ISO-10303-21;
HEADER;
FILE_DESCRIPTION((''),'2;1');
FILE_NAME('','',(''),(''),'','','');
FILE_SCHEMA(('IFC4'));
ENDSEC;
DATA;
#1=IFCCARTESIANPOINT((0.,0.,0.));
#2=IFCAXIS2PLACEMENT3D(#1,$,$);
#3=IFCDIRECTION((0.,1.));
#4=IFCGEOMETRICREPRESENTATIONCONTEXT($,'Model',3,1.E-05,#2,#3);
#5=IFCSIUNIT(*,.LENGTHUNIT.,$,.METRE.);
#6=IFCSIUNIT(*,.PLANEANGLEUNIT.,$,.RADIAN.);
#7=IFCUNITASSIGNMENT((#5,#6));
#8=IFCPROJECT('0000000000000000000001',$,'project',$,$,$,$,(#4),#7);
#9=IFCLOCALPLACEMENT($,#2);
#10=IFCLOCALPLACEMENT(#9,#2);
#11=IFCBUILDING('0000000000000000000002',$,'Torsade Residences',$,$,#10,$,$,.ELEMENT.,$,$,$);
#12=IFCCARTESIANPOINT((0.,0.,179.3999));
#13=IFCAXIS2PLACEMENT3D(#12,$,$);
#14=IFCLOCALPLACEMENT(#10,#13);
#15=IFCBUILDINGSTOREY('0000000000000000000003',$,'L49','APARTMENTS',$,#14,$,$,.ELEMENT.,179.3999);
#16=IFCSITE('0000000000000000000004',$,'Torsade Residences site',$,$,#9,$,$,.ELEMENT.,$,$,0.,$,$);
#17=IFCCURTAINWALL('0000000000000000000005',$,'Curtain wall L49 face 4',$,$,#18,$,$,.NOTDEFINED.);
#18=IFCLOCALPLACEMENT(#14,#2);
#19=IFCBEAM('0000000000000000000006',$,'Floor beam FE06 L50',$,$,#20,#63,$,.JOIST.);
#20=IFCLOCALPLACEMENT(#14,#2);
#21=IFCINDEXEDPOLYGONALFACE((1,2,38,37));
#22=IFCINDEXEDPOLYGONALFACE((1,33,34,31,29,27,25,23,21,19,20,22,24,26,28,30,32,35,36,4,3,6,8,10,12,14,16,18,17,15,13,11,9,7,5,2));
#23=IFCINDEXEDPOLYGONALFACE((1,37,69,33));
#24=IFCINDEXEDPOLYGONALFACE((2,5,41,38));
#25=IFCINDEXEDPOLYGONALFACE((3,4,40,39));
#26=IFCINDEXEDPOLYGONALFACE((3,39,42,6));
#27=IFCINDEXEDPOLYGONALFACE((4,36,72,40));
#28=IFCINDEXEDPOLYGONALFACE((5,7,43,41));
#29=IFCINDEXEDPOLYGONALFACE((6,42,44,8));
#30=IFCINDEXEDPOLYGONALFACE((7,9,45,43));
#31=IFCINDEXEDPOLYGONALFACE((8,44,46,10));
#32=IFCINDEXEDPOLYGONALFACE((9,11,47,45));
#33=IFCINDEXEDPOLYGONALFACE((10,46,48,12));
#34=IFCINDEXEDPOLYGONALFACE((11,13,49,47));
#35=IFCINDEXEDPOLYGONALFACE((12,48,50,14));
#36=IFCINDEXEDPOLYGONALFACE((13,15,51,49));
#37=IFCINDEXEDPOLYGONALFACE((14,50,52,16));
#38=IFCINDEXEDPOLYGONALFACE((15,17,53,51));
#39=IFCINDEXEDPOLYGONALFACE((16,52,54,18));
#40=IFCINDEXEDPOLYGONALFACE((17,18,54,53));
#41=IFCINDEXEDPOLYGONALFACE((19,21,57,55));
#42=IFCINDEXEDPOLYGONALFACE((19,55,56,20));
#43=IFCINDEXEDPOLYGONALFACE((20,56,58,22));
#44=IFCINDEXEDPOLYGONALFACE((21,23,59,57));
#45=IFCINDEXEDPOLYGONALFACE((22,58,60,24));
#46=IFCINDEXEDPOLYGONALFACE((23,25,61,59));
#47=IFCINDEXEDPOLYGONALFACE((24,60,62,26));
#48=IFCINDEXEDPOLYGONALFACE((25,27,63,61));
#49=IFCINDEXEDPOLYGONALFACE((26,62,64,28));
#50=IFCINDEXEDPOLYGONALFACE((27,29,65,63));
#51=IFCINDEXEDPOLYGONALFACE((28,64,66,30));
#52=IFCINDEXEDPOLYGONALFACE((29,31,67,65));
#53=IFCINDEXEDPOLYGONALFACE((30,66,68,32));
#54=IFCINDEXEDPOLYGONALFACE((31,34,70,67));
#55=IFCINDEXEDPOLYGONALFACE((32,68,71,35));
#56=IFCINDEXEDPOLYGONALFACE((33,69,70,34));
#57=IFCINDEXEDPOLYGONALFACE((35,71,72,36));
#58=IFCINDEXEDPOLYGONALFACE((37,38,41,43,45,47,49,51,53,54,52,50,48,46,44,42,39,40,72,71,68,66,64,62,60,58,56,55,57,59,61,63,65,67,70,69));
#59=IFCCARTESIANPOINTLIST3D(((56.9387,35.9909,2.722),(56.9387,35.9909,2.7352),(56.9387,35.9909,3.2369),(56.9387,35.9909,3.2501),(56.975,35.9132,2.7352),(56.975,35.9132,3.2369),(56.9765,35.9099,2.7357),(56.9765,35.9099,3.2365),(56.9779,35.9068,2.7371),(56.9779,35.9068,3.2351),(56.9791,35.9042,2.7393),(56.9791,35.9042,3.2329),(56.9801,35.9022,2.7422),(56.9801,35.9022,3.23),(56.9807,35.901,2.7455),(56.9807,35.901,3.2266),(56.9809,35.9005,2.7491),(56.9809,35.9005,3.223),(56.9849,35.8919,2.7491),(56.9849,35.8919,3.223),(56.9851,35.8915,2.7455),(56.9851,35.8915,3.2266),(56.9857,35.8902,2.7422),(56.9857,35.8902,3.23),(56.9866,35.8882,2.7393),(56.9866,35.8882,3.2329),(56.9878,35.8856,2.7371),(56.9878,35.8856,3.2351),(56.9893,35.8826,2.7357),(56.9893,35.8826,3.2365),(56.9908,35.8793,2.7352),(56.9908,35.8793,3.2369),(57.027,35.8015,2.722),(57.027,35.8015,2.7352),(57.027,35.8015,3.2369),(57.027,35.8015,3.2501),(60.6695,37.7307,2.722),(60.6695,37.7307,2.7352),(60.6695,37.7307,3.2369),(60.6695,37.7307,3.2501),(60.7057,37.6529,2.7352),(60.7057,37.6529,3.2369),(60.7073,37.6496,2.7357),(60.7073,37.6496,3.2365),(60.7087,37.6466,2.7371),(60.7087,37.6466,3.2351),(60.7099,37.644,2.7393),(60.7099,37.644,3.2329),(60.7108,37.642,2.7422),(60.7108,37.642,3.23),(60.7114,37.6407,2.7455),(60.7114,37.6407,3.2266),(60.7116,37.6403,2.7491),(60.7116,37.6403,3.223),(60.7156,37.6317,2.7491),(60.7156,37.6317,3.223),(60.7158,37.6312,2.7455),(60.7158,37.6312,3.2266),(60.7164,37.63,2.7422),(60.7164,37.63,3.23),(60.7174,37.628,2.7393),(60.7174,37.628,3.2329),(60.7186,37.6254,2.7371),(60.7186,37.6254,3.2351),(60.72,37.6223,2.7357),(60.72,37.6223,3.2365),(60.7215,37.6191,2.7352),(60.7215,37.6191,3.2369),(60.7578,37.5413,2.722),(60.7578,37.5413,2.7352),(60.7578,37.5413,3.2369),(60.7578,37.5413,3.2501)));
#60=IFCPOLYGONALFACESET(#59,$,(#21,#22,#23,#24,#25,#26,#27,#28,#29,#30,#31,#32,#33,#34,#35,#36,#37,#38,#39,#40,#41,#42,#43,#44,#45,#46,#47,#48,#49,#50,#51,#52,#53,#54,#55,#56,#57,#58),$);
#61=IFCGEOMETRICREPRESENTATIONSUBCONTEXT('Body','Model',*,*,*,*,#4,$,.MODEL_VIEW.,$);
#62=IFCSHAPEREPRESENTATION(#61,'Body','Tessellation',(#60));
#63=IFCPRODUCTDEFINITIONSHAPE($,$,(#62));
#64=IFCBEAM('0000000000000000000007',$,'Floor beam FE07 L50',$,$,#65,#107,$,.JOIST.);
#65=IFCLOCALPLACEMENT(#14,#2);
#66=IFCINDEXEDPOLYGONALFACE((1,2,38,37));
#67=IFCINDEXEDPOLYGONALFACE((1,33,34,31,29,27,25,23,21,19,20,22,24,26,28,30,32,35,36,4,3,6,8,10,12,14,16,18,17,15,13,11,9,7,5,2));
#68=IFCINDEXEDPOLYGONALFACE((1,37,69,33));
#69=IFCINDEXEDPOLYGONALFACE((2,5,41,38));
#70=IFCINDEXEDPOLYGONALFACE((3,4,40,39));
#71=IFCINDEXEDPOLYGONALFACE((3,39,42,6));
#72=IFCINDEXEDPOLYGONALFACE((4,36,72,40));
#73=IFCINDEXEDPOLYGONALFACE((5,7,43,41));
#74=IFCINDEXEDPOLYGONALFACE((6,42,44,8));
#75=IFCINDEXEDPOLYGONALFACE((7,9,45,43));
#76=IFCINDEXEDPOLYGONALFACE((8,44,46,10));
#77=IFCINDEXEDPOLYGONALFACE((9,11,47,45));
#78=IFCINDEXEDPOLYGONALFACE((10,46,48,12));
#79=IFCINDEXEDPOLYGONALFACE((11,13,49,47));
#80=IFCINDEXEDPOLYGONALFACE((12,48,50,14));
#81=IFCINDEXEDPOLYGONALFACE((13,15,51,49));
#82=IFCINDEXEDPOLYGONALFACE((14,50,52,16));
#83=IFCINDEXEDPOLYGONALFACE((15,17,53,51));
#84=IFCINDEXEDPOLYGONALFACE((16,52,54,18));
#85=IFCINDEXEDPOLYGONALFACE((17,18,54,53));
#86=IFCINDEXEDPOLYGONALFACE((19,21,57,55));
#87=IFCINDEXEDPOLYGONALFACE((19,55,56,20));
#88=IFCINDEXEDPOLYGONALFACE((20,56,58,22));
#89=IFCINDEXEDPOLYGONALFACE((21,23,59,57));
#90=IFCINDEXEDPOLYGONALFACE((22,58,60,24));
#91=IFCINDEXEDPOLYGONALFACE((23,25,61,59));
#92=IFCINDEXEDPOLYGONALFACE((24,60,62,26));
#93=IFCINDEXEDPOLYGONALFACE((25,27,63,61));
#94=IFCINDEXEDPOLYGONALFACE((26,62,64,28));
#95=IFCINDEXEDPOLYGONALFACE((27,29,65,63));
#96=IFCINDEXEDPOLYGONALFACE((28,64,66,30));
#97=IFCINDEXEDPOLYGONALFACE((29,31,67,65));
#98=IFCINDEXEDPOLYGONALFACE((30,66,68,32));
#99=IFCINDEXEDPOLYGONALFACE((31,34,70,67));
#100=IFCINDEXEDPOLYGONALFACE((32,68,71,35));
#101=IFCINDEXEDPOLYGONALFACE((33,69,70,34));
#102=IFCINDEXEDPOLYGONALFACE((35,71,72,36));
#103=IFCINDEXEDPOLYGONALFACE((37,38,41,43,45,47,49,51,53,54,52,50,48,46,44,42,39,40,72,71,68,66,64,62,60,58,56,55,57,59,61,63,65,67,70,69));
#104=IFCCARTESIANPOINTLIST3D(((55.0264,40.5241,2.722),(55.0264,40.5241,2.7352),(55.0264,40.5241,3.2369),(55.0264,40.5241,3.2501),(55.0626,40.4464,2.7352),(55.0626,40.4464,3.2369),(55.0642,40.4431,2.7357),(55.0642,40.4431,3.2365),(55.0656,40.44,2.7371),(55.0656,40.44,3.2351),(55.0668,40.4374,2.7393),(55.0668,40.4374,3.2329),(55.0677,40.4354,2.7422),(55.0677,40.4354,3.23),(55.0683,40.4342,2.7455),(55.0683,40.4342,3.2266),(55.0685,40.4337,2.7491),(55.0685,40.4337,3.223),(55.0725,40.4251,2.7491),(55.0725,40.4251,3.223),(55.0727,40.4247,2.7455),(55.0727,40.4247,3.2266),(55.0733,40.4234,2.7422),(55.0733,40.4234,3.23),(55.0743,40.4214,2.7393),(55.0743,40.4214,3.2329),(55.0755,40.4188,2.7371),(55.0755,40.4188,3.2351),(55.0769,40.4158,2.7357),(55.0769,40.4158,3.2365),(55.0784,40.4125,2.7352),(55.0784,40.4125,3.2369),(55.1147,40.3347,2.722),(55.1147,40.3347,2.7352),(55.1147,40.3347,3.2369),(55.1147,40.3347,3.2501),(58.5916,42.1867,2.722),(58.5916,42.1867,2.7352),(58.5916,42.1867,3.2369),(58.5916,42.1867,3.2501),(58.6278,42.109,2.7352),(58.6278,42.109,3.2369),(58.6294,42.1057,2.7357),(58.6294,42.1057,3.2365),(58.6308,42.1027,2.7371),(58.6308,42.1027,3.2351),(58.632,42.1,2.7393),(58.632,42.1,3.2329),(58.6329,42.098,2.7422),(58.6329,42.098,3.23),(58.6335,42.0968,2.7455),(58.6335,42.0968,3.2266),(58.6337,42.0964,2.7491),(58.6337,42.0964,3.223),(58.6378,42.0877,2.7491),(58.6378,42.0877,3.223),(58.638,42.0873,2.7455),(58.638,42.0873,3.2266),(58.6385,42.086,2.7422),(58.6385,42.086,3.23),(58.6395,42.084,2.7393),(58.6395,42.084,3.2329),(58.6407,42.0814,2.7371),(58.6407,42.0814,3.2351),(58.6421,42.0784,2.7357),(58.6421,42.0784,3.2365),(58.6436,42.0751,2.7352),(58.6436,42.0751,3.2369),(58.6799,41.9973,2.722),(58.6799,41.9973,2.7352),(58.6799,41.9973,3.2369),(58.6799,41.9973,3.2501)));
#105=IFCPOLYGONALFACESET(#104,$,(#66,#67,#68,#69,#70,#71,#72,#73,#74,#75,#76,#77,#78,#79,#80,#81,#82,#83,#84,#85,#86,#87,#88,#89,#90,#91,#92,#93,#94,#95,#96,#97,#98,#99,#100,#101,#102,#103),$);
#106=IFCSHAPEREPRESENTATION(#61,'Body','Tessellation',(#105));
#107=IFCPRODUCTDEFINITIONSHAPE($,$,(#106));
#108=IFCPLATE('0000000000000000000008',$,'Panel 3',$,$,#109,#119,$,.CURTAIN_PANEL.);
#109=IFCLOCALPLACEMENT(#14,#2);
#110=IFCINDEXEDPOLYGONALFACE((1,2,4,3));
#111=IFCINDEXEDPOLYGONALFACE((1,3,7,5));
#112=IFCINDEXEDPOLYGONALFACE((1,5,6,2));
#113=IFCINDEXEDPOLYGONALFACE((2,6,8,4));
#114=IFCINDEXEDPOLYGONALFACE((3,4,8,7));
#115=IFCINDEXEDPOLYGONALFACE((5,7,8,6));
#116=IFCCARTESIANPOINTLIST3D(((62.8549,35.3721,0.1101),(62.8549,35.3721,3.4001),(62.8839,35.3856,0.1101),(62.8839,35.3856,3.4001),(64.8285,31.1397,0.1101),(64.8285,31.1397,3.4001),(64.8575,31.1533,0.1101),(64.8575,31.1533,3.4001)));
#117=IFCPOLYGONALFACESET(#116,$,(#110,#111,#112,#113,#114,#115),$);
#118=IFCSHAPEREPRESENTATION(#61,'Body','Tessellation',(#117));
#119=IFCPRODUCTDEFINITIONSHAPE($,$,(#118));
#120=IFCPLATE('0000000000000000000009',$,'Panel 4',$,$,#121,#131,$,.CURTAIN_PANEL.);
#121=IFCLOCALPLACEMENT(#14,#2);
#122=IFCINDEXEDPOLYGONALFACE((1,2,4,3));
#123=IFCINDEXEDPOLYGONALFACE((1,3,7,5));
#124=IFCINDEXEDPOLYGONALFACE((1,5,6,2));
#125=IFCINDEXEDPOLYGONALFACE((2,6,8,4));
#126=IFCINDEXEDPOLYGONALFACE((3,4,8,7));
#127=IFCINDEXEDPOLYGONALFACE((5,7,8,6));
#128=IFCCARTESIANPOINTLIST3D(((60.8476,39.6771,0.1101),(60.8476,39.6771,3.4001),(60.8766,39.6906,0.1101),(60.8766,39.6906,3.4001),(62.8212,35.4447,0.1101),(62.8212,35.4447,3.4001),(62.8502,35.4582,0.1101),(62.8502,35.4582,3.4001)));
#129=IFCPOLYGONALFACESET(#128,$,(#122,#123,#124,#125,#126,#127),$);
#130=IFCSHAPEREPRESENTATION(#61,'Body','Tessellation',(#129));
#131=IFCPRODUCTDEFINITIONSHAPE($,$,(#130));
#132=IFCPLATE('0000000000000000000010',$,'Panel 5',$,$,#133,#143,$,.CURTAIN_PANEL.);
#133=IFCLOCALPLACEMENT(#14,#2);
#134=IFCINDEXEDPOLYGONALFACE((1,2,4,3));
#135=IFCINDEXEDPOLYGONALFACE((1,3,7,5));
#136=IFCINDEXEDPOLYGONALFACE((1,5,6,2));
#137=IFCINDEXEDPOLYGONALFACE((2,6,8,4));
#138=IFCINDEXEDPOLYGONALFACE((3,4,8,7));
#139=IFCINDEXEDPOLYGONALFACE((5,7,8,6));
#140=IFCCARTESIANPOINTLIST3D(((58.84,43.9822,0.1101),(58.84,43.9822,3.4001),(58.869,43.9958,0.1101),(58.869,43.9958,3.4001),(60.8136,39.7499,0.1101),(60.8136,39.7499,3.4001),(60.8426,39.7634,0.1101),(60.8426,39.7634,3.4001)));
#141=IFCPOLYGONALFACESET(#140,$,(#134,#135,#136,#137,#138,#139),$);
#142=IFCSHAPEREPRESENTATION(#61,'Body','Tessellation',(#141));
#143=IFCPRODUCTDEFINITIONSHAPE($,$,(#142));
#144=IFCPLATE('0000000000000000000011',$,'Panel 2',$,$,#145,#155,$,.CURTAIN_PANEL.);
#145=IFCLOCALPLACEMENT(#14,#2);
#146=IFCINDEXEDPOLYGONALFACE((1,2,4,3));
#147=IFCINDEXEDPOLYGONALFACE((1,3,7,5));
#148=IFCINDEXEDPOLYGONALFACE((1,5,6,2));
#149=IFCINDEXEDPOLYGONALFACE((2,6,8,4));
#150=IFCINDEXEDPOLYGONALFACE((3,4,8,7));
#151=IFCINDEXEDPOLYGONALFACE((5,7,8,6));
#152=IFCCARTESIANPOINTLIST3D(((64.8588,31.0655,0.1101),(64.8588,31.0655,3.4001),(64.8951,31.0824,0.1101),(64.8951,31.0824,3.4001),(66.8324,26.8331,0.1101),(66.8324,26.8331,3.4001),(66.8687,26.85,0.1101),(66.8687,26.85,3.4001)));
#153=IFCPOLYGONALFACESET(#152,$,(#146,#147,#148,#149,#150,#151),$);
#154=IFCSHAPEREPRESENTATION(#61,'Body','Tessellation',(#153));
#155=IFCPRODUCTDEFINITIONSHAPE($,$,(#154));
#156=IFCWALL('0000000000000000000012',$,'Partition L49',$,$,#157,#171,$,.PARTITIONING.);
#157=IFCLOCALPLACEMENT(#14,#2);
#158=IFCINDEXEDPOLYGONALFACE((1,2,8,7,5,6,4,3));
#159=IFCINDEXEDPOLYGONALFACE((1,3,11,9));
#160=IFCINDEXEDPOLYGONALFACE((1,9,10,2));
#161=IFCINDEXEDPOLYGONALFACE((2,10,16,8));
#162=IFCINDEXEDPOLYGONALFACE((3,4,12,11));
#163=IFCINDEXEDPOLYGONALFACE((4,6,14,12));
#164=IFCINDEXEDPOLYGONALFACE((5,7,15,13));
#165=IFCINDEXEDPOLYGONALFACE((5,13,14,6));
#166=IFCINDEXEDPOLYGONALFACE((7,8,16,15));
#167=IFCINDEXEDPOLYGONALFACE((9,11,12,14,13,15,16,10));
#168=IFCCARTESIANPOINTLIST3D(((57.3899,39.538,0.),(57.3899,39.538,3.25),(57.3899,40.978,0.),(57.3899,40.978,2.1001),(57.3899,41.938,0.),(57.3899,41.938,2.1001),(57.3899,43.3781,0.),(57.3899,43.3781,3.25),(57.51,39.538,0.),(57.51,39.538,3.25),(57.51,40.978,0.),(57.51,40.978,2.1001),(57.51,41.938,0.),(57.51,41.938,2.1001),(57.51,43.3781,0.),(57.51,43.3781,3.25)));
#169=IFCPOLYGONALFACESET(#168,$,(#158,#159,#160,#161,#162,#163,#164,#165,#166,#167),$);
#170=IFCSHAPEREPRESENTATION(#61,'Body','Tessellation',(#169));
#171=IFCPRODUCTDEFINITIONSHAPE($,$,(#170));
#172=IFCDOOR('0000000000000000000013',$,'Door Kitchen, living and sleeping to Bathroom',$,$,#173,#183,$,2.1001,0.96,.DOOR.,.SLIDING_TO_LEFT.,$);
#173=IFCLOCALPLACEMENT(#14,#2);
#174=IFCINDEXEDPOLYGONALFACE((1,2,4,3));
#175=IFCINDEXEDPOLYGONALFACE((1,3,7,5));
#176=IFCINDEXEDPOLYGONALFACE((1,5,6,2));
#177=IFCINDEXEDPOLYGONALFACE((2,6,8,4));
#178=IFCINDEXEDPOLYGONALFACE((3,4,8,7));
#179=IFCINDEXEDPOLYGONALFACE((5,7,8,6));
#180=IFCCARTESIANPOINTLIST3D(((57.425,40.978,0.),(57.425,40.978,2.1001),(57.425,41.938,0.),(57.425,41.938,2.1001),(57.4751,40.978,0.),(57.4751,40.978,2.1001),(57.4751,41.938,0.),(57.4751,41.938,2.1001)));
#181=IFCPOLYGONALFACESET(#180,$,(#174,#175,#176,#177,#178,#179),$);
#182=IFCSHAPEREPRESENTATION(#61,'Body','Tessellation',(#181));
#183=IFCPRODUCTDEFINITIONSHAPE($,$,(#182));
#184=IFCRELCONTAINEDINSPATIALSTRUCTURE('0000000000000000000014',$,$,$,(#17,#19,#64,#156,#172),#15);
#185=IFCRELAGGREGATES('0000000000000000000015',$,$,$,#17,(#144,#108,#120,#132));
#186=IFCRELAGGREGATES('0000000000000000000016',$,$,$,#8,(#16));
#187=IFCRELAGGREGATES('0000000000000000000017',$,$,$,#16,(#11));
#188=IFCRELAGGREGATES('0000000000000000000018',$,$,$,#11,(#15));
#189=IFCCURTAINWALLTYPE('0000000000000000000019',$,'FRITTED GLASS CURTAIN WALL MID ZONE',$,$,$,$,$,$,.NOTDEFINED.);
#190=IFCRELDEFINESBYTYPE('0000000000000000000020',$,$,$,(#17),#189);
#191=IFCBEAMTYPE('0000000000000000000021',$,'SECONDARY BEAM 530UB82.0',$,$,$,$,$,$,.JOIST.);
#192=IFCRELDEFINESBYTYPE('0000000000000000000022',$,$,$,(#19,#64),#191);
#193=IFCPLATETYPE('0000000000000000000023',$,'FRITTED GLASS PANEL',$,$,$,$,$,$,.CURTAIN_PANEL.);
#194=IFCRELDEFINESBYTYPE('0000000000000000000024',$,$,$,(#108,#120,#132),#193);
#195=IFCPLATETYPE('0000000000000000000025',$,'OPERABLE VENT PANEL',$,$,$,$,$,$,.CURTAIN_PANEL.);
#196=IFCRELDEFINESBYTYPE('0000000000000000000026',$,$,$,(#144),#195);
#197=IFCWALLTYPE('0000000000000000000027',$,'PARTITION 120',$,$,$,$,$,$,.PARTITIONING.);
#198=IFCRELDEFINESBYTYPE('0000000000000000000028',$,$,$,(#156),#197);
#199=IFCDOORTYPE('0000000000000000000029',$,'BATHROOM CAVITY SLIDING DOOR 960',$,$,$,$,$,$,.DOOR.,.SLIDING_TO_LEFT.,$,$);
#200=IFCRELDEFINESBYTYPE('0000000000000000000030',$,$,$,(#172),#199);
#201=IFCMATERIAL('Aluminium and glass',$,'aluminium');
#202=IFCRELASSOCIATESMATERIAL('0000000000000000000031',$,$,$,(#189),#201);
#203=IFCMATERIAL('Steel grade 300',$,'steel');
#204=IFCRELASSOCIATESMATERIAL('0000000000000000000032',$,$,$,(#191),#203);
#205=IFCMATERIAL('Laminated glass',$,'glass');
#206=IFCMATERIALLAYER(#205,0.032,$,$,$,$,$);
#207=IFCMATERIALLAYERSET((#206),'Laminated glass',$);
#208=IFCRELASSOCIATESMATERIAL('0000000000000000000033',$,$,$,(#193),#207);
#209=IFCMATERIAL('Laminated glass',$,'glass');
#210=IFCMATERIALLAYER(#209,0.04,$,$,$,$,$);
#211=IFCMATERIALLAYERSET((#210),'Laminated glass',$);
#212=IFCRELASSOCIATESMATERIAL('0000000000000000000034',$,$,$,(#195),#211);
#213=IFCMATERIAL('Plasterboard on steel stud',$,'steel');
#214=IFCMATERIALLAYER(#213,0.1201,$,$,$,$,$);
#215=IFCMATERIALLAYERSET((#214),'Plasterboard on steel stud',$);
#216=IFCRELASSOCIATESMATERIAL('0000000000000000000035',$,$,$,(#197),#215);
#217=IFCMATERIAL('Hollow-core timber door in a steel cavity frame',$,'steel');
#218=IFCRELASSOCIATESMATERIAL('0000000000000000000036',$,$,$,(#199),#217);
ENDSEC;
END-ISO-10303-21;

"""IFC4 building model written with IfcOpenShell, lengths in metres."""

from ifc_helpers import new_model, si_unit, direction, frame, frame_2d, origin, origin_2d, place, context, subcontext, project, spatial, rectangle, i_section, extrude, material, layer, layer_set, material_profile, profile_set, type_object, element, fill, aggregate, save


model = new_model("IFC4")

# Units and contexts
model_context = context("Model", 3, precision=1e-05, world=origin(), true_north=direction((0.0, 1.0)))
body_context = subcontext(model_context, "Body", "Model", "MODEL_VIEW")
ifc_project = project(units=[si_unit("LENGTHUNIT", "METRE"), si_unit("PLANEANGLEUNIT", "RADIAN")], contexts=[model_context])

# Site, building, storey
site_placement = place(None, origin())
site = spatial("IfcSite", under=ifc_project, at=site_placement, Name="Torsade Residences site", CompositionType="ELEMENT", RefElevation=0.0)
building_placement = place(site_placement, origin())
building = spatial("IfcBuilding", under=site, at=building_placement, Name="Torsade Residences", CompositionType="ELEMENT")
storey_placement = place(building_placement, frame((0.0, 0.0, 179.3999)))
storey = spatial("IfcBuildingStorey", under=building, at=storey_placement, Name="L49", Description="APARTMENTS", CompositionType="ELEMENT", Elevation=179.3999)

# Curtain wall
ifc_material_1 = material(Name="Aluminium and glass", Category="aluminium")
curtain_wall_type = type_object("IfcCurtainWallType", Name="FRITTED GLASS CURTAIN WALL MID ZONE", PredefinedType="NOTDEFINED", material=ifc_material_1)
curtain_wall_placement = place(storey_placement, origin())
curtain_wall = element("IfcCurtainWall", 1, at=curtain_wall_placement, inside=storey, type_object=curtain_wall_type, Name="Curtain wall L49 face 4", PredefinedType="NOTDEFINED")

# Beams
ifc_material_2 = material(Name="Steel grade 300", Category="steel")
ifc_material_profile_1 = material_profile(ifc_material_2, i_section(OverallWidth=0.209, OverallDepth=0.5281, WebThickness=0.0095, FlangeThickness=0.0132, FilletRadius=0.0139, at=origin_2d()), Name="530UB82.0")
ifc_profile_set_1 = profile_set([ifc_material_profile_1], Name="Steel grade 300")
beam_type_1 = type_object("IfcBeamType", Name="SECONDARY BEAM 530UB82.0", PredefinedType="JOIST", material=ifc_profile_set_1)
beam_1_placement = place(storey_placement, frame((60.7136, 37.636, 2.9861), z_axis=(-0.9063, -0.422635, 0.0), x_axis=(0.422635, -0.9063, 0.0)))
element("IfcBeam", 2, at=beam_1_placement, inside=storey, type_object=beam_type_1, Name="Floor beam FE06 L50", PredefinedType="JOIST", context=body_context, shape_type="SweptSolid", body=[
    extrude(i_section(OverallWidth=0.209, OverallDepth=0.5281, WebThickness=0.0095, FlangeThickness=0.0132, FilletRadius=0.0139, at=origin_2d()), origin(), (0.0, 0.0, 1.0), 4.1165),
])
beam_2_placement = place(storey_placement, frame((58.6357, 42.092, 2.9861), z_axis=(-0.906296, -0.422644, 0.0), x_axis=(0.422644, -0.906296, 0.0)))
element("IfcBeam", 3, at=beam_2_placement, inside=storey, type_object=beam_type_1, Name="Floor beam FE07 L50", PredefinedType="JOIST", context=body_context, shape_type="SweptSolid", body=[
    extrude(i_section(OverallWidth=0.209, OverallDepth=0.5281, WebThickness=0.0095, FlangeThickness=0.0132, FilletRadius=0.0139, at=origin_2d()), origin(), (0.0, 0.0, 1.0), 3.9338),
])

# Plates
ifc_material_3 = material(Name="Laminated glass", Category="glass")
ifc_layer_1 = layer(ifc_material_3, 0.032)
ifc_layer_set_1 = layer_set([ifc_layer_1], Name="Laminated glass")
plate_type_1 = type_object("IfcPlateType", Name="FRITTED GLASS PANEL", PredefinedType="CURTAIN_PANEL", material=ifc_layer_set_1)
plate_1_placement = place(storey_placement, frame((63.8562, 33.2627, 0.1101), z_axis=(0.0, 0.0, 1.0), x_axis=(-0.422618, 0.906308, 0.0)))
plate_1 = element("IfcPlate", 4, at=plate_1_placement, type_object=plate_type_1, Name="Panel 3", PredefinedType="CURTAIN_PANEL", context=body_context, shape_type="SweptSolid", body=[
    extrude(rectangle(XDim=4.6699, YDim=0.032, at=origin_2d()), origin(), (0.0, 0.0, 1.0), 3.29),
])
plate_2_placement = place(storey_placement, frame((61.8489, 37.5676, 0.1101), z_axis=(0.0, 0.0, 1.0), x_axis=(-0.422618, 0.906308, 0.0)))
plate_2 = element("IfcPlate", 5, at=plate_2_placement, type_object=plate_type_1, Name="Panel 4", PredefinedType="CURTAIN_PANEL", context=body_context, shape_type="SweptSolid", body=[
    extrude(rectangle(XDim=4.6699, YDim=0.032, at=origin_2d()), origin(), (0.0, 0.0, 1.0), 3.29),
])
plate_3_placement = place(storey_placement, frame((59.8413, 41.8728, 0.1101), z_axis=(0.0, 0.0, 1.0), x_axis=(-0.422618, 0.906308, 0.0)))
plate_3 = element("IfcPlate", 6, at=plate_3_placement, type_object=plate_type_1, Name="Panel 5", PredefinedType="CURTAIN_PANEL", context=body_context, shape_type="SweptSolid", body=[
    extrude(rectangle(XDim=4.6699, YDim=0.032, at=origin_2d()), origin(), (0.0, 0.0, 1.0), 3.29),
])
ifc_material_4 = material(Name="Laminated glass", Category="glass")
ifc_layer_2 = layer(ifc_material_4, 0.04)
ifc_layer_set_2 = layer_set([ifc_layer_2], Name="Laminated glass")
plate_type_2 = type_object("IfcPlateType", Name="OPERABLE VENT PANEL", PredefinedType="CURTAIN_PANEL", material=ifc_layer_set_2)
plate_4_placement = place(storey_placement, frame((65.8638, 28.9578, 0.1101), z_axis=(0.0, 0.0, 1.0), x_axis=(-0.422618, 0.906308, 0.0)))
plate_4 = element("IfcPlate", 7, at=plate_4_placement, type_object=plate_type_2, Name="Panel 2", PredefinedType="CURTAIN_PANEL", context=body_context, shape_type="SweptSolid", body=[
    extrude(rectangle(XDim=4.6699, YDim=0.04, at=origin_2d()), origin(), (0.0, 0.0, 1.0), 3.29),
])
aggregate(curtain_wall, [plate_4, plate_1, plate_2, plate_3])

# Wall, opening, door
ifc_material_5 = material(Name="Plasterboard on steel stud", Category="steel")
ifc_layer_3 = layer(ifc_material_5, 0.1201)
ifc_layer_set_3 = layer_set([ifc_layer_3], Name="Plasterboard on steel stud")
wall_type_1 = type_object("IfcWallType", Name="PARTITION 120", PredefinedType="PARTITIONING", material=ifc_layer_set_3)
wall_1_placement = place(storey_placement, frame((57.45, 39.5381, 0.0), z_axis=(0.0, 0.0, 1.0), x_axis=(0.0, 1.0, 0.0)))
wall_1 = element("IfcWall", 8, at=wall_1_placement, inside=storey, type_object=wall_type_1, Name="Partition L49", PredefinedType="PARTITIONING", context=body_context, shape_type="SweptSolid", body=[
    extrude(rectangle(XDim=3.8401, YDim=0.1201, at=frame_2d((1.9199, 0.0))), origin(), (0.0, 0.0, 1.0), 3.25),
])
opening_placement = place(wall_1_placement, frame((1.4399, 0.0, 0.0)))
opening = element("IfcOpeningElement", 9, at=opening_placement, cuts=wall_1, PredefinedType="OPENING", context=body_context, shape_type="SweptSolid", body=[
    extrude(rectangle(XDim=0.96, YDim=2.1001, at=frame_2d((0.48, 1.05))), frame((0.0, 0.0701, 0.0), z_axis=(0.0, -1.0, 0.0), x_axis=(1.0, 0.0, 0.0)), (0.0, 0.0, 1.0), 0.1401),
])
ifc_material_6 = material(Name="Hollow-core timber door in a steel cavity frame", Category="steel")
door_type = type_object("IfcDoorType", Name="BATHROOM CAVITY SLIDING DOOR 960", OperationType="SLIDING_TO_LEFT", PredefinedType="DOOR", material=ifc_material_6)
door_placement = place(opening_placement, origin())
door = element("IfcDoor", 10, at=door_placement, inside=storey, type_object=door_type, Name="Door Kitchen, living and sleeping to Bathroom", OperationType="SLIDING_TO_LEFT", OverallHeight=2.1001, OverallWidth=0.96, PredefinedType="DOOR", context=body_context, shape_type="SweptSolid", body=[
    extrude(rectangle(XDim=0.96, YDim=2.1001, at=frame_2d((0.48, 1.05))), frame((0.0, 0.0249, 0.0), z_axis=(0.0, -1.0, 0.0), x_axis=(1.0, 0.0, 0.0)), (0.0, 0.0, 1.0), 0.05),
])
fill(opening, door)

save(model, "model.ifc")
